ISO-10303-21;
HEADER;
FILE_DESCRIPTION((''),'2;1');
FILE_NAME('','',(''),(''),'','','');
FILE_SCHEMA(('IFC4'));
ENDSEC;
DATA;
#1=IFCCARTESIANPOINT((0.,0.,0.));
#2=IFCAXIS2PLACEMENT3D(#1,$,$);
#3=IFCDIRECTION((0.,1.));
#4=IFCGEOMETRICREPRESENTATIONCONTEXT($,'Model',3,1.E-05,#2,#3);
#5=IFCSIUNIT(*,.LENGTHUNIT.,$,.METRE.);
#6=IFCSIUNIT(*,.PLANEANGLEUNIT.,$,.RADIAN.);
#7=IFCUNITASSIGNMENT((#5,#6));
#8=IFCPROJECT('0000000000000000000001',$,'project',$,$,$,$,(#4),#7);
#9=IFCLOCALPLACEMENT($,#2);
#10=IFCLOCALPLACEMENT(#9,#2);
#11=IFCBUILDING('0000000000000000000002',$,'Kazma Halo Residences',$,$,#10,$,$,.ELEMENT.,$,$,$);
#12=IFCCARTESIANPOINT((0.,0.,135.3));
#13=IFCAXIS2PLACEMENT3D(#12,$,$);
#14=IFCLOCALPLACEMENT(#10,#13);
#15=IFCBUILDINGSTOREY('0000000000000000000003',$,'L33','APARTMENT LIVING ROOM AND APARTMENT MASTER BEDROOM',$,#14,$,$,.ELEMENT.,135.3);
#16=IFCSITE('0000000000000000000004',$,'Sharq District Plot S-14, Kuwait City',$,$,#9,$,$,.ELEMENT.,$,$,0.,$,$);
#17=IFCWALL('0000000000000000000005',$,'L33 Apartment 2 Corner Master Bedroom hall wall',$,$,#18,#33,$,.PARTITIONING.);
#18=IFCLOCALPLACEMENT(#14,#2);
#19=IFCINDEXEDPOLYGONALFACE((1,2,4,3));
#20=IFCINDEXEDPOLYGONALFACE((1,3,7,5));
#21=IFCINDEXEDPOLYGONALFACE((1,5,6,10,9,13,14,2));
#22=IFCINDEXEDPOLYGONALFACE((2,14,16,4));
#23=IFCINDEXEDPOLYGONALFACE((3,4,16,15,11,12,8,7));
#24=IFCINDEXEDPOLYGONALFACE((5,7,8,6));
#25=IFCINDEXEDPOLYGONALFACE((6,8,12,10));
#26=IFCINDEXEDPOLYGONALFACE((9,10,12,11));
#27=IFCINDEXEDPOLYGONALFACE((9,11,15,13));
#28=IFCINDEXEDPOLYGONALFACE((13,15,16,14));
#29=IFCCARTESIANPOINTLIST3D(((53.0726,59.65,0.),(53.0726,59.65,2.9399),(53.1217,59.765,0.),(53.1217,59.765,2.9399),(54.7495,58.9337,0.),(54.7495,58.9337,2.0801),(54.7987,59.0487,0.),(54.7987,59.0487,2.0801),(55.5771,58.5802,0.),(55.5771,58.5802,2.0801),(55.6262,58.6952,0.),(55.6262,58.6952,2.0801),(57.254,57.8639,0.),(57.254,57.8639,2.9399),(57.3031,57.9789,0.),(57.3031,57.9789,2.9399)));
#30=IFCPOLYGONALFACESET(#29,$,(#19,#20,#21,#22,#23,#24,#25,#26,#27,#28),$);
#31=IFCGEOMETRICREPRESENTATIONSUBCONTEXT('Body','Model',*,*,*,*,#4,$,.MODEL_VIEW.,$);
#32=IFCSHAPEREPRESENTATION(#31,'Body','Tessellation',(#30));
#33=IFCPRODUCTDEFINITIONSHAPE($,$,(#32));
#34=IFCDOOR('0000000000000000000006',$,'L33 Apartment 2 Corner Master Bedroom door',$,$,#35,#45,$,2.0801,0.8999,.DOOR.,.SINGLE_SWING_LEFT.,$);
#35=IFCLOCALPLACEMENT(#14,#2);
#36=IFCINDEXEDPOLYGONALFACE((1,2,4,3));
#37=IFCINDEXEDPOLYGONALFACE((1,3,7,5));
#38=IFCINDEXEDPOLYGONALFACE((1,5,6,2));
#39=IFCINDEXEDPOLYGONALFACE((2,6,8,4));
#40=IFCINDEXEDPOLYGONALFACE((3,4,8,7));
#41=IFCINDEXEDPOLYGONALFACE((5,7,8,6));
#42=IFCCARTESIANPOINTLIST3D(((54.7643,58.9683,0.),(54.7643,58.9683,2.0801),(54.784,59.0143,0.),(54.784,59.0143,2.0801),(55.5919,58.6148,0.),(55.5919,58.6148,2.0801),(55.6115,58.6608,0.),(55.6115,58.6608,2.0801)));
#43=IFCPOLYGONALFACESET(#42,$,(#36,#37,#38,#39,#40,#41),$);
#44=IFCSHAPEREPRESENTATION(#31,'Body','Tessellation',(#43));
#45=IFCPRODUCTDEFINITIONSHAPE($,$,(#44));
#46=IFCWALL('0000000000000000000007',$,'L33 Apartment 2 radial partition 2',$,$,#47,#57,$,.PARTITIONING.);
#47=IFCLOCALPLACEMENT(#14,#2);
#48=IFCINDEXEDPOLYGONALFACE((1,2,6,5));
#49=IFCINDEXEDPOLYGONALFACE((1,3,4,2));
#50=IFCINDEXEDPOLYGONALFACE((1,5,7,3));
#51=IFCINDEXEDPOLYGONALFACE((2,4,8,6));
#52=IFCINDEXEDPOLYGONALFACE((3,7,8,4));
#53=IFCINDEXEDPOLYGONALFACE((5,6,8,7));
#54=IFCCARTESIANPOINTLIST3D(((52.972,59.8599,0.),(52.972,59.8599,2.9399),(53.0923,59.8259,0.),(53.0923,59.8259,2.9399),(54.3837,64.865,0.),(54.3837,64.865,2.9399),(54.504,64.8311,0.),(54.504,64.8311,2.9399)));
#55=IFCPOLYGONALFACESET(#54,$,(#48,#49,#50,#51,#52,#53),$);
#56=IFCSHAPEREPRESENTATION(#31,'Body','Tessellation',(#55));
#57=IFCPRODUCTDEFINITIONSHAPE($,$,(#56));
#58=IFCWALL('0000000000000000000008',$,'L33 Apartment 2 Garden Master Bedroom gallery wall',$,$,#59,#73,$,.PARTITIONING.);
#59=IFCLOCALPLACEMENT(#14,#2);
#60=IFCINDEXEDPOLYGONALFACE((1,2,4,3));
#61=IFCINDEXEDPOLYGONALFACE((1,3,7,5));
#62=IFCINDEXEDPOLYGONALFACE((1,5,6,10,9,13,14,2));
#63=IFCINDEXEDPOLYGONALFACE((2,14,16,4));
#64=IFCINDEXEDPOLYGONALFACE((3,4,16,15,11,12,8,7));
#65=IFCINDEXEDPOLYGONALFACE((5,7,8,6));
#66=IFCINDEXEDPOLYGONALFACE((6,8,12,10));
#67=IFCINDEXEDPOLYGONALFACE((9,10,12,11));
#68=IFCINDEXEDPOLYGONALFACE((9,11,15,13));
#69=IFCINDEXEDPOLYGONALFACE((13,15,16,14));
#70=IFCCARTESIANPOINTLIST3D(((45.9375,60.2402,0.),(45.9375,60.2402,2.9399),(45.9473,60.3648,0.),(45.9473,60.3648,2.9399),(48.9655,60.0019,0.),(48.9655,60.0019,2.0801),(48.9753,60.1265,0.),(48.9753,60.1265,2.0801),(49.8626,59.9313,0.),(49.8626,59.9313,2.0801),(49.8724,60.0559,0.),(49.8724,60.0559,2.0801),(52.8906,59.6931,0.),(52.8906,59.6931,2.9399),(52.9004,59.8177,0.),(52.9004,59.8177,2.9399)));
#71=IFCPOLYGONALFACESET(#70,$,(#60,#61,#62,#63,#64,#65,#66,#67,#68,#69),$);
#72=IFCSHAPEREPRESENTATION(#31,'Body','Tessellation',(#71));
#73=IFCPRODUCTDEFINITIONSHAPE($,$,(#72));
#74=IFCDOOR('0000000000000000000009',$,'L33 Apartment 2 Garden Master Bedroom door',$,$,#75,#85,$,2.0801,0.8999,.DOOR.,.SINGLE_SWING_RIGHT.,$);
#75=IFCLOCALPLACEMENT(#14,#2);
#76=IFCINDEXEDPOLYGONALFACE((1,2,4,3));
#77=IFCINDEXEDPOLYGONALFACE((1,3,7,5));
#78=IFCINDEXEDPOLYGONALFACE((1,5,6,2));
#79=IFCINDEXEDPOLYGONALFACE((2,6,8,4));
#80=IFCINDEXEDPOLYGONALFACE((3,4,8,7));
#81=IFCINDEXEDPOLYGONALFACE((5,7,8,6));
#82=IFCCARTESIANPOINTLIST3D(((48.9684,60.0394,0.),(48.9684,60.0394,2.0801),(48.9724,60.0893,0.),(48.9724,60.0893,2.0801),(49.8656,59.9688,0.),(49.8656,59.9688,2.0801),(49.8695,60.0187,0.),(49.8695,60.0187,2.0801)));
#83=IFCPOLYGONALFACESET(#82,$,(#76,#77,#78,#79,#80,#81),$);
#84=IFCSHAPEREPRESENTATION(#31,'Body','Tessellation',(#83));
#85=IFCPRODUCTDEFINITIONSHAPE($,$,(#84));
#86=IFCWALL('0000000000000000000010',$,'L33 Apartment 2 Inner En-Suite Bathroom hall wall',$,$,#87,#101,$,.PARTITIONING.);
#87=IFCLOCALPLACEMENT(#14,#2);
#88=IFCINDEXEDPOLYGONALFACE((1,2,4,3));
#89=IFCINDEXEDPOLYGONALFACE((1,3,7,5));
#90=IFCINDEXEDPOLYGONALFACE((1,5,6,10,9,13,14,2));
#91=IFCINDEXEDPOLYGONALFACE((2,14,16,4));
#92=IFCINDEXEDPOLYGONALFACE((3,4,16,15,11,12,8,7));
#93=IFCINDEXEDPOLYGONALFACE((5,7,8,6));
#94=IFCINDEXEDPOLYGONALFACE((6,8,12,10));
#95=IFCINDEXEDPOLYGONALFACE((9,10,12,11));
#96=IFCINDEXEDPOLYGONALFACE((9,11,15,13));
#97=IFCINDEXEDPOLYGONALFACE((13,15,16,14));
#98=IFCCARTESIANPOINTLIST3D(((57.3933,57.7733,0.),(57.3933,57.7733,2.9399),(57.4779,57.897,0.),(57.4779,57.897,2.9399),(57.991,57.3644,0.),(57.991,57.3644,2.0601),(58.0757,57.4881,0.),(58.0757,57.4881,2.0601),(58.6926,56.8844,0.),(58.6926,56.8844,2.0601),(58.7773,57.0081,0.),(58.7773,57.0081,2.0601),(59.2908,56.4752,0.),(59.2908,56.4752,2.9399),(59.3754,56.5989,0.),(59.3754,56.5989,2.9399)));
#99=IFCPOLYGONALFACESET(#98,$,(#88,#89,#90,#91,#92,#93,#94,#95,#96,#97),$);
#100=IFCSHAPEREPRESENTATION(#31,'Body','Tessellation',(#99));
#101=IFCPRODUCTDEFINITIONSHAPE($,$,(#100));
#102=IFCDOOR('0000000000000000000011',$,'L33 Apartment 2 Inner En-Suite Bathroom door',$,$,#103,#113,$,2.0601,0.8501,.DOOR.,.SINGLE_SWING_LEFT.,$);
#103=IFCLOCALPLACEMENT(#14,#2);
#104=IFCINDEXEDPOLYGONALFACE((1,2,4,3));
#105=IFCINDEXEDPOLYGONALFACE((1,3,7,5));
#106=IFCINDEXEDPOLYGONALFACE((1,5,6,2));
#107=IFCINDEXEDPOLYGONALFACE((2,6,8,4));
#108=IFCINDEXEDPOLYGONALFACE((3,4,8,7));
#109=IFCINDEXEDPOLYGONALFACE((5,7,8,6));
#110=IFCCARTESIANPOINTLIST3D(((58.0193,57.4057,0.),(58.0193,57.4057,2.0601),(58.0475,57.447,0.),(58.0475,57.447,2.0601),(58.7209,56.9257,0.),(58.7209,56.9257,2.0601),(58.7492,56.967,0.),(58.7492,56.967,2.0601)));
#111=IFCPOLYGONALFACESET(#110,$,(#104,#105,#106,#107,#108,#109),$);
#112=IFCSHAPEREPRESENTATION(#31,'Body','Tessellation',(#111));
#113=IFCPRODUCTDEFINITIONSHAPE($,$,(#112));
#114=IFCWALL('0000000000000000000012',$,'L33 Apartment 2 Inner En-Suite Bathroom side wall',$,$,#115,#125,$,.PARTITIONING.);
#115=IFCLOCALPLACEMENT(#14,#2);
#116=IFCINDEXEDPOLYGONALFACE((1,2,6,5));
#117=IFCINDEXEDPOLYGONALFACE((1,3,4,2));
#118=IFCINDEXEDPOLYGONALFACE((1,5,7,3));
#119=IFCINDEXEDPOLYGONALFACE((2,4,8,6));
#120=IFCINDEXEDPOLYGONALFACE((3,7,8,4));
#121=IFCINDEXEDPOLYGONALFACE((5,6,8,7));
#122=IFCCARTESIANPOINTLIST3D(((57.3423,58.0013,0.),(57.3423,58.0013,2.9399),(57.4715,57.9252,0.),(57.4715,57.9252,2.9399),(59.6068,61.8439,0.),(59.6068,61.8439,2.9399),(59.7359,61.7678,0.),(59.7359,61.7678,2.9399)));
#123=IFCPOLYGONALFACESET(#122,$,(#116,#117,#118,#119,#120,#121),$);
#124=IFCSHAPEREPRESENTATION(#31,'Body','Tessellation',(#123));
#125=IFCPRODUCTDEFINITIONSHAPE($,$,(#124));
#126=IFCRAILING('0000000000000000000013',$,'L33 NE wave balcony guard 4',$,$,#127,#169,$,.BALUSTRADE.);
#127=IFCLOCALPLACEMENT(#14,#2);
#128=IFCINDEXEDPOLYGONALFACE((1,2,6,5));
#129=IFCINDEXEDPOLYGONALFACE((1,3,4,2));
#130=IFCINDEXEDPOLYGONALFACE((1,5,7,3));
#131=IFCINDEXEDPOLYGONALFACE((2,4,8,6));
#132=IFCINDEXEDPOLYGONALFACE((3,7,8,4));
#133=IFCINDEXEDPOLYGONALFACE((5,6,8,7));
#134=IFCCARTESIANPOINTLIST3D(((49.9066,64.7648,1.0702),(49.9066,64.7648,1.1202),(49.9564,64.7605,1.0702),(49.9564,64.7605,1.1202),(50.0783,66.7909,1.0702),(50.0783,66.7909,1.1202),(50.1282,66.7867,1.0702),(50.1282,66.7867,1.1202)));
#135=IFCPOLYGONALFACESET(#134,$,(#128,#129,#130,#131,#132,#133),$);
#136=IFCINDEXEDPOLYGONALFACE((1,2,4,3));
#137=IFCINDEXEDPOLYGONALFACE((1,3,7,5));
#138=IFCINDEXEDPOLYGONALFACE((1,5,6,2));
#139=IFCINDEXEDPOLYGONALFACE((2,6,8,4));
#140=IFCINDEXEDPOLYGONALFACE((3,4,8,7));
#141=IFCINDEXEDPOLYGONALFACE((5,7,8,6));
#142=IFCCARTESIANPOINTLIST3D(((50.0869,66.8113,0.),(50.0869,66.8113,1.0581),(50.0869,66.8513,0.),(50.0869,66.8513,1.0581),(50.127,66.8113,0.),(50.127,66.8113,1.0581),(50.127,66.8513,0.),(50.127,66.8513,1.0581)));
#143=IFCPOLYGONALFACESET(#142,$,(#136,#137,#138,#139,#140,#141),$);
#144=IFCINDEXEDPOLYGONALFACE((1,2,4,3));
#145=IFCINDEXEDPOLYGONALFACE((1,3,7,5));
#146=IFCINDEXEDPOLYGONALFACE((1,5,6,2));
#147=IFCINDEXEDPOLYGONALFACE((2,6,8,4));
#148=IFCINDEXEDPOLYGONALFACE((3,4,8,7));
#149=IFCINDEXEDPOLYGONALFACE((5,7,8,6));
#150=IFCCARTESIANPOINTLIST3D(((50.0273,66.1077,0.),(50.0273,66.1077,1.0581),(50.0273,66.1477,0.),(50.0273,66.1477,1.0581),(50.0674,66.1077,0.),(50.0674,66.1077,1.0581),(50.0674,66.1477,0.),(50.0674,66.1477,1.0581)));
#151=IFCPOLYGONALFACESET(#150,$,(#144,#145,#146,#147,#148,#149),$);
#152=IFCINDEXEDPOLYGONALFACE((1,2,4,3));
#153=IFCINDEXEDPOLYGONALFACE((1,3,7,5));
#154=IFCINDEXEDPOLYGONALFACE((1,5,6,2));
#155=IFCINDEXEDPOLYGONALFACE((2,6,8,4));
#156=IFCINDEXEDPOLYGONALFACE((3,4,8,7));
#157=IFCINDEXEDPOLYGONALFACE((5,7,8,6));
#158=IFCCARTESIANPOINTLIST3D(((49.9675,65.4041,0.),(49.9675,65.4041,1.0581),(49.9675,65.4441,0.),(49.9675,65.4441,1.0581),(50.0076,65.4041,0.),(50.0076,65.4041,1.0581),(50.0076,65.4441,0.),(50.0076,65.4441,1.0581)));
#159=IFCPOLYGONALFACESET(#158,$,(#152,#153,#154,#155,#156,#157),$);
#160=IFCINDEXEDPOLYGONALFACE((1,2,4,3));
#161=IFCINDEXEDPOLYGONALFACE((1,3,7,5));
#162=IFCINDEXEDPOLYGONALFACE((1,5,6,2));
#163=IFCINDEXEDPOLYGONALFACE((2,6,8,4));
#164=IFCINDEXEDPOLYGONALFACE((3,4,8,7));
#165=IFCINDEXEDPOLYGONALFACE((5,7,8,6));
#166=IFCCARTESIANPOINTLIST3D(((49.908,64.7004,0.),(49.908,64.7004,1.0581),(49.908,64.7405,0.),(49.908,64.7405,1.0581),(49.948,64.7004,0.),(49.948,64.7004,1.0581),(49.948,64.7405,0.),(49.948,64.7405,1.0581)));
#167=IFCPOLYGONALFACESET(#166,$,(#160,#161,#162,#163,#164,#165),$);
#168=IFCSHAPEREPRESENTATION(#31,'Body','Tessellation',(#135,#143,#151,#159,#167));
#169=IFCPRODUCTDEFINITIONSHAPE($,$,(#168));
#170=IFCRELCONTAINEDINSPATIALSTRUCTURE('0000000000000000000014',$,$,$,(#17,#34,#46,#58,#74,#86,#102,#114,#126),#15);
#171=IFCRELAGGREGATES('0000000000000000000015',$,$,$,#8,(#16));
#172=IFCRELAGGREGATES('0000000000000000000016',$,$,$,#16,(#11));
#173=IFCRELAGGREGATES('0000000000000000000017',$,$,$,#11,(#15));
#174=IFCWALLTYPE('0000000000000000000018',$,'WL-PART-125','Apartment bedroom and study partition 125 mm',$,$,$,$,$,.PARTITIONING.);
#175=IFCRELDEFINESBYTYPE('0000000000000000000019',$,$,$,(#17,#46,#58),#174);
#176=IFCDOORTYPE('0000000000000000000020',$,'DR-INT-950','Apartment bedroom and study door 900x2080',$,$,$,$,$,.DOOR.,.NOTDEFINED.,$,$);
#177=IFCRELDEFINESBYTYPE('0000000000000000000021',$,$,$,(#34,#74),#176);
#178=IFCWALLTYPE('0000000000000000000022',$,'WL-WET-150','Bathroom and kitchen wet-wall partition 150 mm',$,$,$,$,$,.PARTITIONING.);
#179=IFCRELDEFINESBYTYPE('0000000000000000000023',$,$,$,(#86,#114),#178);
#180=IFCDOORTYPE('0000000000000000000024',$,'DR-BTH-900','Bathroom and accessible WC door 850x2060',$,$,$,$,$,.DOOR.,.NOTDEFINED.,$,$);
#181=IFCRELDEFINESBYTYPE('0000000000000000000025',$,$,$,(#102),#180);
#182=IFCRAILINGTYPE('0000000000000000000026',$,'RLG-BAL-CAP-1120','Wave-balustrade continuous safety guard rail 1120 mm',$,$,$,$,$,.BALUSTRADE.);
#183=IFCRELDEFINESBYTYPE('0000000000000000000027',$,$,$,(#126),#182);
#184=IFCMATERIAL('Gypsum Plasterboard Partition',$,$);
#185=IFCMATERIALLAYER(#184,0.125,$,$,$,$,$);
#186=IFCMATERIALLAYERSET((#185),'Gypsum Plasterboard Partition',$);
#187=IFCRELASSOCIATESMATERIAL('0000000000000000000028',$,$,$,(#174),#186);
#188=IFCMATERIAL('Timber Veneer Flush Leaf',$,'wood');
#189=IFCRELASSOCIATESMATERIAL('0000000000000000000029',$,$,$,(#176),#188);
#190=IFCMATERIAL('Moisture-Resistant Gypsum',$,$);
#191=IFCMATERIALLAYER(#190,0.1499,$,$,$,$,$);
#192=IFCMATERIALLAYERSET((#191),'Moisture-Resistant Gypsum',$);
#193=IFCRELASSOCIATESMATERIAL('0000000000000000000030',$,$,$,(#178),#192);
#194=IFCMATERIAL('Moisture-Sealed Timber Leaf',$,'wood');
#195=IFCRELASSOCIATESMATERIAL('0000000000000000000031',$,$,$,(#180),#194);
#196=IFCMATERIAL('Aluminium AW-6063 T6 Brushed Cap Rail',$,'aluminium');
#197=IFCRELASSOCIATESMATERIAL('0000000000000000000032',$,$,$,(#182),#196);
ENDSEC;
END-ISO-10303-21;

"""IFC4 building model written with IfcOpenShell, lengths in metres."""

from ifc_helpers import new_model, si_unit, direction, frame, frame_2d, origin, origin_2d, place, context, subcontext, project, spatial, rectangle, extrude, material, layer, layer_set, type_object, element, fill, save


model = new_model("IFC4")

# Units and contexts
model_context = context("Model", 3, precision=1e-05, world=origin(), true_north=direction((0.0, 1.0)))
body_context = subcontext(model_context, "Body", "Model", "MODEL_VIEW")
ifc_project = project(units=[si_unit("LENGTHUNIT", "METRE"), si_unit("PLANEANGLEUNIT", "RADIAN")], contexts=[model_context])

# Site, building, storey
site_placement = place(None, origin())
site = spatial("IfcSite", under=ifc_project, at=site_placement, Name="Sharq District Plot S-14, Kuwait City", CompositionType="ELEMENT", RefElevation=0.0)
building_placement = place(site_placement, origin())
building = spatial("IfcBuilding", under=site, at=building_placement, Name="Kazma Halo Residences", CompositionType="ELEMENT")
storey_placement = place(building_placement, frame((0.0, 0.0, 135.3)))
storey = spatial("IfcBuildingStorey", under=building, at=storey_placement, Name="L33", Description="APARTMENT LIVING ROOM AND APARTMENT MASTER BEDROOM", CompositionType="ELEMENT", Elevation=135.3)

# Shared definitions
ifc_material_1 = material(Name="Gypsum Plasterboard Partition")
ifc_layer_1 = layer(ifc_material_1, 0.125)
ifc_layer_set_1 = layer_set([ifc_layer_1], Name="Gypsum Plasterboard Partition")
wall_type_1 = type_object("IfcWallType", Name="WL-PART-125", Description="Apartment bedroom and study partition 125 mm", PredefinedType="PARTITIONING", material=ifc_layer_set_1)

# Wall, opening, door
wall_1_placement = place(storey_placement, frame((57.2786, 57.9214, 0.0), z_axis=(0.0, 0.0, 1.0), x_axis=(-0.919614, 0.392824, 0.0)))
wall_1 = element("IfcWall", 1, at=wall_1_placement, inside=storey, type_object=wall_type_1, Name="L33 Apartment 2 Corner Master Bedroom hall wall", PredefinedType="PARTITIONING", context=body_context, shape_type="SweptSolid", body=[
    extrude(rectangle(XDim=4.5469, YDim=0.125, at=frame_2d((2.2734, 0.0))), origin(), (0.0, 0.0, 1.0), 2.9399),
])
opening_1_placement = place(wall_1_placement, frame((1.8235, 0.0, 0.0)))
opening_1 = element("IfcOpeningElement", 2, at=opening_1_placement, cuts=wall_1, PredefinedType="OPENING", context=body_context, shape_type="SweptSolid", body=[
    extrude(rectangle(XDim=0.8999, YDim=2.0801, at=frame_2d((0.45, 1.04))), frame((0.0, 0.0725, 0.0), z_axis=(0.0, -1.0, 0.0), x_axis=(1.0, 0.0, 0.0)), (0.0, 0.0, 1.0), 0.145),
])
ifc_material_2 = material(Name="Timber Veneer Flush Leaf", Category="wood")
door_type_1 = type_object("IfcDoorType", Name="DR-INT-950", Description="Apartment bedroom and study door 900x2080", OperationType="NOTDEFINED", PredefinedType="DOOR", material=ifc_material_2)
door_1_placement = place(opening_1_placement, origin())
door_1 = element("IfcDoor", 3, at=door_1_placement, inside=storey, type_object=door_type_1, Name="L33 Apartment 2 Corner Master Bedroom door", OperationType="SINGLE_SWING_LEFT", OverallHeight=2.0801, OverallWidth=0.8999, PredefinedType="DOOR", context=body_context, shape_type="SweptSolid", body=[
    extrude(rectangle(XDim=0.8999, YDim=2.0801, at=frame_2d((0.45, 1.04))), frame((0.0, 0.0249, 0.0), z_axis=(0.0, -1.0, 0.0), x_axis=(1.0, 0.0, 0.0)), (0.0, 0.0, 1.0), 0.05),
])
fill(opening_1, door_1)

# Wall
wall_2_placement = place(storey_placement, frame((53.0322, 59.843, 0.0), z_axis=(0.0, 0.0, 1.0), x_axis=(0.271446, 0.962454, 0.0)))
element("IfcWall", 4, at=wall_2_placement, inside=storey, type_object=wall_type_1, Name="L33 Apartment 2 radial partition 2", PredefinedType="PARTITIONING", context=body_context, shape_type="SweptSolid", body=[
    extrude(rectangle(XDim=5.2004, YDim=0.125, at=frame_2d((2.6001, 0.0))), origin(), (0.0, 0.0, 1.0), 2.9399),
])

# Walls, openings, doors
wall_3_placement = place(storey_placement, frame((52.8955, 59.7554, 0.0), z_axis=(0.0, 0.0, 1.0), x_axis=(-0.996918, 0.078444, 0.0)))
wall_3 = element("IfcWall", 5, at=wall_3_placement, inside=storey, type_object=wall_type_1, Name="L33 Apartment 2 Garden Master Bedroom gallery wall", PredefinedType="PARTITIONING", context=body_context, shape_type="SweptSolid", body=[
    extrude(rectangle(XDim=6.9746, YDim=0.125, at=frame_2d((3.4873, 0.0))), origin(), (0.0, 0.0, 1.0), 2.9399),
])
opening_2_placement = place(wall_3_placement, frame((3.0374, 0.0, 0.0)))
opening_2 = element("IfcOpeningElement", 6, at=opening_2_placement, cuts=wall_3, PredefinedType="OPENING", context=body_context, shape_type="SweptSolid", body=[
    extrude(rectangle(XDim=0.8999, YDim=2.0801, at=frame_2d((0.45, 1.04))), frame((0.0, 0.0725, 0.0), z_axis=(0.0, -1.0, 0.0), x_axis=(1.0, 0.0, 0.0)), (0.0, 0.0, 1.0), 0.145),
])
door_2_placement = place(opening_2_placement, origin())
door_2 = element("IfcDoor", 7, at=door_2_placement, inside=storey, type_object=door_type_1, Name="L33 Apartment 2 Garden Master Bedroom door", OperationType="SINGLE_SWING_RIGHT", OverallHeight=2.0801, OverallWidth=0.8999, PredefinedType="DOOR", context=body_context, shape_type="SweptSolid", body=[
    extrude(rectangle(XDim=0.8999, YDim=2.0801, at=frame_2d((0.45, 1.04))), frame((0.0, 0.0249, 0.0), z_axis=(0.0, -1.0, 0.0), x_axis=(1.0, 0.0, 0.0)), (0.0, 0.0, 1.0), 0.05),
])
fill(opening_2, door_2)
ifc_material_3 = material(Name="Moisture-Resistant Gypsum")
ifc_layer_2 = layer(ifc_material_3, 0.1499)
ifc_layer_set_2 = layer_set([ifc_layer_2], Name="Moisture-Resistant Gypsum")
wall_type_2 = type_object("IfcWallType", Name="WL-WET-150", Description="Bathroom and kitchen wet-wall partition 150 mm", PredefinedType="PARTITIONING", material=ifc_layer_set_2)
wall_4_placement = place(storey_placement, frame((59.333, 56.5371, 0.0), z_axis=(0.0, 0.0, 1.0), x_axis=(-0.825341, 0.564634, 0.0)))
wall_4 = element("IfcWall", 8, at=wall_4_placement, inside=storey, type_object=wall_type_2, Name="L33 Apartment 2 Inner En-Suite Bathroom hall wall", PredefinedType="PARTITIONING", context=body_context, shape_type="SweptSolid", body=[
    extrude(rectangle(XDim=2.2991, YDim=0.1499, at=frame_2d((1.1494, 0.0))), origin(), (0.0, 0.0, 1.0), 2.9399),
])
opening_3_placement = place(wall_4_placement, frame((0.7246, 0.0, 0.0)))
opening_3 = element("IfcOpeningElement", 9, at=opening_3_placement, cuts=wall_4, PredefinedType="OPENING", context=body_context, shape_type="SweptSolid", body=[
    extrude(rectangle(XDim=0.8501, YDim=2.0601, at=frame_2d((0.425, 1.03))), frame((0.0, 0.085, 0.0), z_axis=(0.0, -1.0, 0.0), x_axis=(1.0, 0.0, 0.0)), (0.0, 0.0, 1.0), 0.1699),
])
ifc_material_4 = material(Name="Moisture-Sealed Timber Leaf", Category="wood")
door_type_2 = type_object("IfcDoorType", Name="DR-BTH-900", Description="Bathroom and accessible WC door 850x2060", OperationType="NOTDEFINED", PredefinedType="DOOR", material=ifc_material_4)
door_3_placement = place(opening_3_placement, origin())
door_3 = element("IfcDoor", 10, at=door_3_placement, inside=storey, type_object=door_type_2, Name="L33 Apartment 2 Inner En-Suite Bathroom door", OperationType="SINGLE_SWING_LEFT", OverallHeight=2.0601, OverallWidth=0.8501, PredefinedType="DOOR", context=body_context, shape_type="SweptSolid", body=[
    extrude(rectangle(XDim=0.8501, YDim=2.0601, at=frame_2d((0.425, 1.03))), frame((0.0, 0.0249, 0.0), z_axis=(0.0, -1.0, 0.0), x_axis=(1.0, 0.0, 0.0)), (0.0, 0.0, 1.0), 0.05),
])
fill(opening_3, door_3)

# Wall
wall_5_placement = place(storey_placement, frame((57.407, 57.9634, 0.0), z_axis=(0.0, 0.0, 1.0), x_axis=(0.507702, 0.861533, 0.0)))
element("IfcWall", 11, at=wall_5_placement, inside=storey, type_object=wall_type_2, Name="L33 Apartment 2 Inner En-Suite Bathroom side wall", PredefinedType="PARTITIONING", context=body_context, shape_type="SweptSolid", body=[
    extrude(rectangle(XDim=4.4602, YDim=0.1499, at=frame_2d((2.23, 0.0))), origin(), (0.0, 0.0, 1.0), 2.9399),
])

# Railing
ifc_material_5 = material(Name="Aluminium AW-6063 T6 Brushed Cap Rail", Category="aluminium")
railing_type = type_object("IfcRailingType", Name="RLG-BAL-CAP-1120", Description="Wave-balustrade continuous safety guard rail 1120 mm", PredefinedType="BALUSTRADE", material=ifc_material_5)
railing_1_placement = place(storey_placement, frame((50.1069, 66.8313, 0.0)))
element("IfcRailing", 12, at=railing_1_placement, inside=storey, type_object=railing_type, Name="L33 NE wave balcony guard 4", PredefinedType="BALUSTRADE", context=body_context, shape_type="SweptSolid", body=[
    extrude(rectangle(XDim=0.05, YDim=0.05, at=origin_2d()), frame((-0.0037, -0.0425, 1.0952), z_axis=(-0.084476, -0.996426, 0.0), x_axis=(0.996426, -0.084476, 0.0)), (0.0, 0.0, 1.0), 2.0334),
    extrude(rectangle(XDim=0.04, YDim=0.04, at=origin_2d()), origin(), (0.0, 0.0, 1.0), 1.0581),
    extrude(rectangle(XDim=0.04, YDim=0.04, at=origin_2d()), frame((-0.0596, -0.7036, 0.0)), (0.0, 0.0, 1.0), 1.0581),
    extrude(rectangle(XDim=0.04, YDim=0.04, at=origin_2d()), frame((-0.1194, -1.4072, 0.0)), (0.0, 0.0, 1.0), 1.0581),
    extrude(rectangle(XDim=0.04, YDim=0.04, at=origin_2d()), frame((-0.179, -2.1108, 0.0)), (0.0, 0.0, 1.0), 1.0581),
])

save(model, "model.ifc")
